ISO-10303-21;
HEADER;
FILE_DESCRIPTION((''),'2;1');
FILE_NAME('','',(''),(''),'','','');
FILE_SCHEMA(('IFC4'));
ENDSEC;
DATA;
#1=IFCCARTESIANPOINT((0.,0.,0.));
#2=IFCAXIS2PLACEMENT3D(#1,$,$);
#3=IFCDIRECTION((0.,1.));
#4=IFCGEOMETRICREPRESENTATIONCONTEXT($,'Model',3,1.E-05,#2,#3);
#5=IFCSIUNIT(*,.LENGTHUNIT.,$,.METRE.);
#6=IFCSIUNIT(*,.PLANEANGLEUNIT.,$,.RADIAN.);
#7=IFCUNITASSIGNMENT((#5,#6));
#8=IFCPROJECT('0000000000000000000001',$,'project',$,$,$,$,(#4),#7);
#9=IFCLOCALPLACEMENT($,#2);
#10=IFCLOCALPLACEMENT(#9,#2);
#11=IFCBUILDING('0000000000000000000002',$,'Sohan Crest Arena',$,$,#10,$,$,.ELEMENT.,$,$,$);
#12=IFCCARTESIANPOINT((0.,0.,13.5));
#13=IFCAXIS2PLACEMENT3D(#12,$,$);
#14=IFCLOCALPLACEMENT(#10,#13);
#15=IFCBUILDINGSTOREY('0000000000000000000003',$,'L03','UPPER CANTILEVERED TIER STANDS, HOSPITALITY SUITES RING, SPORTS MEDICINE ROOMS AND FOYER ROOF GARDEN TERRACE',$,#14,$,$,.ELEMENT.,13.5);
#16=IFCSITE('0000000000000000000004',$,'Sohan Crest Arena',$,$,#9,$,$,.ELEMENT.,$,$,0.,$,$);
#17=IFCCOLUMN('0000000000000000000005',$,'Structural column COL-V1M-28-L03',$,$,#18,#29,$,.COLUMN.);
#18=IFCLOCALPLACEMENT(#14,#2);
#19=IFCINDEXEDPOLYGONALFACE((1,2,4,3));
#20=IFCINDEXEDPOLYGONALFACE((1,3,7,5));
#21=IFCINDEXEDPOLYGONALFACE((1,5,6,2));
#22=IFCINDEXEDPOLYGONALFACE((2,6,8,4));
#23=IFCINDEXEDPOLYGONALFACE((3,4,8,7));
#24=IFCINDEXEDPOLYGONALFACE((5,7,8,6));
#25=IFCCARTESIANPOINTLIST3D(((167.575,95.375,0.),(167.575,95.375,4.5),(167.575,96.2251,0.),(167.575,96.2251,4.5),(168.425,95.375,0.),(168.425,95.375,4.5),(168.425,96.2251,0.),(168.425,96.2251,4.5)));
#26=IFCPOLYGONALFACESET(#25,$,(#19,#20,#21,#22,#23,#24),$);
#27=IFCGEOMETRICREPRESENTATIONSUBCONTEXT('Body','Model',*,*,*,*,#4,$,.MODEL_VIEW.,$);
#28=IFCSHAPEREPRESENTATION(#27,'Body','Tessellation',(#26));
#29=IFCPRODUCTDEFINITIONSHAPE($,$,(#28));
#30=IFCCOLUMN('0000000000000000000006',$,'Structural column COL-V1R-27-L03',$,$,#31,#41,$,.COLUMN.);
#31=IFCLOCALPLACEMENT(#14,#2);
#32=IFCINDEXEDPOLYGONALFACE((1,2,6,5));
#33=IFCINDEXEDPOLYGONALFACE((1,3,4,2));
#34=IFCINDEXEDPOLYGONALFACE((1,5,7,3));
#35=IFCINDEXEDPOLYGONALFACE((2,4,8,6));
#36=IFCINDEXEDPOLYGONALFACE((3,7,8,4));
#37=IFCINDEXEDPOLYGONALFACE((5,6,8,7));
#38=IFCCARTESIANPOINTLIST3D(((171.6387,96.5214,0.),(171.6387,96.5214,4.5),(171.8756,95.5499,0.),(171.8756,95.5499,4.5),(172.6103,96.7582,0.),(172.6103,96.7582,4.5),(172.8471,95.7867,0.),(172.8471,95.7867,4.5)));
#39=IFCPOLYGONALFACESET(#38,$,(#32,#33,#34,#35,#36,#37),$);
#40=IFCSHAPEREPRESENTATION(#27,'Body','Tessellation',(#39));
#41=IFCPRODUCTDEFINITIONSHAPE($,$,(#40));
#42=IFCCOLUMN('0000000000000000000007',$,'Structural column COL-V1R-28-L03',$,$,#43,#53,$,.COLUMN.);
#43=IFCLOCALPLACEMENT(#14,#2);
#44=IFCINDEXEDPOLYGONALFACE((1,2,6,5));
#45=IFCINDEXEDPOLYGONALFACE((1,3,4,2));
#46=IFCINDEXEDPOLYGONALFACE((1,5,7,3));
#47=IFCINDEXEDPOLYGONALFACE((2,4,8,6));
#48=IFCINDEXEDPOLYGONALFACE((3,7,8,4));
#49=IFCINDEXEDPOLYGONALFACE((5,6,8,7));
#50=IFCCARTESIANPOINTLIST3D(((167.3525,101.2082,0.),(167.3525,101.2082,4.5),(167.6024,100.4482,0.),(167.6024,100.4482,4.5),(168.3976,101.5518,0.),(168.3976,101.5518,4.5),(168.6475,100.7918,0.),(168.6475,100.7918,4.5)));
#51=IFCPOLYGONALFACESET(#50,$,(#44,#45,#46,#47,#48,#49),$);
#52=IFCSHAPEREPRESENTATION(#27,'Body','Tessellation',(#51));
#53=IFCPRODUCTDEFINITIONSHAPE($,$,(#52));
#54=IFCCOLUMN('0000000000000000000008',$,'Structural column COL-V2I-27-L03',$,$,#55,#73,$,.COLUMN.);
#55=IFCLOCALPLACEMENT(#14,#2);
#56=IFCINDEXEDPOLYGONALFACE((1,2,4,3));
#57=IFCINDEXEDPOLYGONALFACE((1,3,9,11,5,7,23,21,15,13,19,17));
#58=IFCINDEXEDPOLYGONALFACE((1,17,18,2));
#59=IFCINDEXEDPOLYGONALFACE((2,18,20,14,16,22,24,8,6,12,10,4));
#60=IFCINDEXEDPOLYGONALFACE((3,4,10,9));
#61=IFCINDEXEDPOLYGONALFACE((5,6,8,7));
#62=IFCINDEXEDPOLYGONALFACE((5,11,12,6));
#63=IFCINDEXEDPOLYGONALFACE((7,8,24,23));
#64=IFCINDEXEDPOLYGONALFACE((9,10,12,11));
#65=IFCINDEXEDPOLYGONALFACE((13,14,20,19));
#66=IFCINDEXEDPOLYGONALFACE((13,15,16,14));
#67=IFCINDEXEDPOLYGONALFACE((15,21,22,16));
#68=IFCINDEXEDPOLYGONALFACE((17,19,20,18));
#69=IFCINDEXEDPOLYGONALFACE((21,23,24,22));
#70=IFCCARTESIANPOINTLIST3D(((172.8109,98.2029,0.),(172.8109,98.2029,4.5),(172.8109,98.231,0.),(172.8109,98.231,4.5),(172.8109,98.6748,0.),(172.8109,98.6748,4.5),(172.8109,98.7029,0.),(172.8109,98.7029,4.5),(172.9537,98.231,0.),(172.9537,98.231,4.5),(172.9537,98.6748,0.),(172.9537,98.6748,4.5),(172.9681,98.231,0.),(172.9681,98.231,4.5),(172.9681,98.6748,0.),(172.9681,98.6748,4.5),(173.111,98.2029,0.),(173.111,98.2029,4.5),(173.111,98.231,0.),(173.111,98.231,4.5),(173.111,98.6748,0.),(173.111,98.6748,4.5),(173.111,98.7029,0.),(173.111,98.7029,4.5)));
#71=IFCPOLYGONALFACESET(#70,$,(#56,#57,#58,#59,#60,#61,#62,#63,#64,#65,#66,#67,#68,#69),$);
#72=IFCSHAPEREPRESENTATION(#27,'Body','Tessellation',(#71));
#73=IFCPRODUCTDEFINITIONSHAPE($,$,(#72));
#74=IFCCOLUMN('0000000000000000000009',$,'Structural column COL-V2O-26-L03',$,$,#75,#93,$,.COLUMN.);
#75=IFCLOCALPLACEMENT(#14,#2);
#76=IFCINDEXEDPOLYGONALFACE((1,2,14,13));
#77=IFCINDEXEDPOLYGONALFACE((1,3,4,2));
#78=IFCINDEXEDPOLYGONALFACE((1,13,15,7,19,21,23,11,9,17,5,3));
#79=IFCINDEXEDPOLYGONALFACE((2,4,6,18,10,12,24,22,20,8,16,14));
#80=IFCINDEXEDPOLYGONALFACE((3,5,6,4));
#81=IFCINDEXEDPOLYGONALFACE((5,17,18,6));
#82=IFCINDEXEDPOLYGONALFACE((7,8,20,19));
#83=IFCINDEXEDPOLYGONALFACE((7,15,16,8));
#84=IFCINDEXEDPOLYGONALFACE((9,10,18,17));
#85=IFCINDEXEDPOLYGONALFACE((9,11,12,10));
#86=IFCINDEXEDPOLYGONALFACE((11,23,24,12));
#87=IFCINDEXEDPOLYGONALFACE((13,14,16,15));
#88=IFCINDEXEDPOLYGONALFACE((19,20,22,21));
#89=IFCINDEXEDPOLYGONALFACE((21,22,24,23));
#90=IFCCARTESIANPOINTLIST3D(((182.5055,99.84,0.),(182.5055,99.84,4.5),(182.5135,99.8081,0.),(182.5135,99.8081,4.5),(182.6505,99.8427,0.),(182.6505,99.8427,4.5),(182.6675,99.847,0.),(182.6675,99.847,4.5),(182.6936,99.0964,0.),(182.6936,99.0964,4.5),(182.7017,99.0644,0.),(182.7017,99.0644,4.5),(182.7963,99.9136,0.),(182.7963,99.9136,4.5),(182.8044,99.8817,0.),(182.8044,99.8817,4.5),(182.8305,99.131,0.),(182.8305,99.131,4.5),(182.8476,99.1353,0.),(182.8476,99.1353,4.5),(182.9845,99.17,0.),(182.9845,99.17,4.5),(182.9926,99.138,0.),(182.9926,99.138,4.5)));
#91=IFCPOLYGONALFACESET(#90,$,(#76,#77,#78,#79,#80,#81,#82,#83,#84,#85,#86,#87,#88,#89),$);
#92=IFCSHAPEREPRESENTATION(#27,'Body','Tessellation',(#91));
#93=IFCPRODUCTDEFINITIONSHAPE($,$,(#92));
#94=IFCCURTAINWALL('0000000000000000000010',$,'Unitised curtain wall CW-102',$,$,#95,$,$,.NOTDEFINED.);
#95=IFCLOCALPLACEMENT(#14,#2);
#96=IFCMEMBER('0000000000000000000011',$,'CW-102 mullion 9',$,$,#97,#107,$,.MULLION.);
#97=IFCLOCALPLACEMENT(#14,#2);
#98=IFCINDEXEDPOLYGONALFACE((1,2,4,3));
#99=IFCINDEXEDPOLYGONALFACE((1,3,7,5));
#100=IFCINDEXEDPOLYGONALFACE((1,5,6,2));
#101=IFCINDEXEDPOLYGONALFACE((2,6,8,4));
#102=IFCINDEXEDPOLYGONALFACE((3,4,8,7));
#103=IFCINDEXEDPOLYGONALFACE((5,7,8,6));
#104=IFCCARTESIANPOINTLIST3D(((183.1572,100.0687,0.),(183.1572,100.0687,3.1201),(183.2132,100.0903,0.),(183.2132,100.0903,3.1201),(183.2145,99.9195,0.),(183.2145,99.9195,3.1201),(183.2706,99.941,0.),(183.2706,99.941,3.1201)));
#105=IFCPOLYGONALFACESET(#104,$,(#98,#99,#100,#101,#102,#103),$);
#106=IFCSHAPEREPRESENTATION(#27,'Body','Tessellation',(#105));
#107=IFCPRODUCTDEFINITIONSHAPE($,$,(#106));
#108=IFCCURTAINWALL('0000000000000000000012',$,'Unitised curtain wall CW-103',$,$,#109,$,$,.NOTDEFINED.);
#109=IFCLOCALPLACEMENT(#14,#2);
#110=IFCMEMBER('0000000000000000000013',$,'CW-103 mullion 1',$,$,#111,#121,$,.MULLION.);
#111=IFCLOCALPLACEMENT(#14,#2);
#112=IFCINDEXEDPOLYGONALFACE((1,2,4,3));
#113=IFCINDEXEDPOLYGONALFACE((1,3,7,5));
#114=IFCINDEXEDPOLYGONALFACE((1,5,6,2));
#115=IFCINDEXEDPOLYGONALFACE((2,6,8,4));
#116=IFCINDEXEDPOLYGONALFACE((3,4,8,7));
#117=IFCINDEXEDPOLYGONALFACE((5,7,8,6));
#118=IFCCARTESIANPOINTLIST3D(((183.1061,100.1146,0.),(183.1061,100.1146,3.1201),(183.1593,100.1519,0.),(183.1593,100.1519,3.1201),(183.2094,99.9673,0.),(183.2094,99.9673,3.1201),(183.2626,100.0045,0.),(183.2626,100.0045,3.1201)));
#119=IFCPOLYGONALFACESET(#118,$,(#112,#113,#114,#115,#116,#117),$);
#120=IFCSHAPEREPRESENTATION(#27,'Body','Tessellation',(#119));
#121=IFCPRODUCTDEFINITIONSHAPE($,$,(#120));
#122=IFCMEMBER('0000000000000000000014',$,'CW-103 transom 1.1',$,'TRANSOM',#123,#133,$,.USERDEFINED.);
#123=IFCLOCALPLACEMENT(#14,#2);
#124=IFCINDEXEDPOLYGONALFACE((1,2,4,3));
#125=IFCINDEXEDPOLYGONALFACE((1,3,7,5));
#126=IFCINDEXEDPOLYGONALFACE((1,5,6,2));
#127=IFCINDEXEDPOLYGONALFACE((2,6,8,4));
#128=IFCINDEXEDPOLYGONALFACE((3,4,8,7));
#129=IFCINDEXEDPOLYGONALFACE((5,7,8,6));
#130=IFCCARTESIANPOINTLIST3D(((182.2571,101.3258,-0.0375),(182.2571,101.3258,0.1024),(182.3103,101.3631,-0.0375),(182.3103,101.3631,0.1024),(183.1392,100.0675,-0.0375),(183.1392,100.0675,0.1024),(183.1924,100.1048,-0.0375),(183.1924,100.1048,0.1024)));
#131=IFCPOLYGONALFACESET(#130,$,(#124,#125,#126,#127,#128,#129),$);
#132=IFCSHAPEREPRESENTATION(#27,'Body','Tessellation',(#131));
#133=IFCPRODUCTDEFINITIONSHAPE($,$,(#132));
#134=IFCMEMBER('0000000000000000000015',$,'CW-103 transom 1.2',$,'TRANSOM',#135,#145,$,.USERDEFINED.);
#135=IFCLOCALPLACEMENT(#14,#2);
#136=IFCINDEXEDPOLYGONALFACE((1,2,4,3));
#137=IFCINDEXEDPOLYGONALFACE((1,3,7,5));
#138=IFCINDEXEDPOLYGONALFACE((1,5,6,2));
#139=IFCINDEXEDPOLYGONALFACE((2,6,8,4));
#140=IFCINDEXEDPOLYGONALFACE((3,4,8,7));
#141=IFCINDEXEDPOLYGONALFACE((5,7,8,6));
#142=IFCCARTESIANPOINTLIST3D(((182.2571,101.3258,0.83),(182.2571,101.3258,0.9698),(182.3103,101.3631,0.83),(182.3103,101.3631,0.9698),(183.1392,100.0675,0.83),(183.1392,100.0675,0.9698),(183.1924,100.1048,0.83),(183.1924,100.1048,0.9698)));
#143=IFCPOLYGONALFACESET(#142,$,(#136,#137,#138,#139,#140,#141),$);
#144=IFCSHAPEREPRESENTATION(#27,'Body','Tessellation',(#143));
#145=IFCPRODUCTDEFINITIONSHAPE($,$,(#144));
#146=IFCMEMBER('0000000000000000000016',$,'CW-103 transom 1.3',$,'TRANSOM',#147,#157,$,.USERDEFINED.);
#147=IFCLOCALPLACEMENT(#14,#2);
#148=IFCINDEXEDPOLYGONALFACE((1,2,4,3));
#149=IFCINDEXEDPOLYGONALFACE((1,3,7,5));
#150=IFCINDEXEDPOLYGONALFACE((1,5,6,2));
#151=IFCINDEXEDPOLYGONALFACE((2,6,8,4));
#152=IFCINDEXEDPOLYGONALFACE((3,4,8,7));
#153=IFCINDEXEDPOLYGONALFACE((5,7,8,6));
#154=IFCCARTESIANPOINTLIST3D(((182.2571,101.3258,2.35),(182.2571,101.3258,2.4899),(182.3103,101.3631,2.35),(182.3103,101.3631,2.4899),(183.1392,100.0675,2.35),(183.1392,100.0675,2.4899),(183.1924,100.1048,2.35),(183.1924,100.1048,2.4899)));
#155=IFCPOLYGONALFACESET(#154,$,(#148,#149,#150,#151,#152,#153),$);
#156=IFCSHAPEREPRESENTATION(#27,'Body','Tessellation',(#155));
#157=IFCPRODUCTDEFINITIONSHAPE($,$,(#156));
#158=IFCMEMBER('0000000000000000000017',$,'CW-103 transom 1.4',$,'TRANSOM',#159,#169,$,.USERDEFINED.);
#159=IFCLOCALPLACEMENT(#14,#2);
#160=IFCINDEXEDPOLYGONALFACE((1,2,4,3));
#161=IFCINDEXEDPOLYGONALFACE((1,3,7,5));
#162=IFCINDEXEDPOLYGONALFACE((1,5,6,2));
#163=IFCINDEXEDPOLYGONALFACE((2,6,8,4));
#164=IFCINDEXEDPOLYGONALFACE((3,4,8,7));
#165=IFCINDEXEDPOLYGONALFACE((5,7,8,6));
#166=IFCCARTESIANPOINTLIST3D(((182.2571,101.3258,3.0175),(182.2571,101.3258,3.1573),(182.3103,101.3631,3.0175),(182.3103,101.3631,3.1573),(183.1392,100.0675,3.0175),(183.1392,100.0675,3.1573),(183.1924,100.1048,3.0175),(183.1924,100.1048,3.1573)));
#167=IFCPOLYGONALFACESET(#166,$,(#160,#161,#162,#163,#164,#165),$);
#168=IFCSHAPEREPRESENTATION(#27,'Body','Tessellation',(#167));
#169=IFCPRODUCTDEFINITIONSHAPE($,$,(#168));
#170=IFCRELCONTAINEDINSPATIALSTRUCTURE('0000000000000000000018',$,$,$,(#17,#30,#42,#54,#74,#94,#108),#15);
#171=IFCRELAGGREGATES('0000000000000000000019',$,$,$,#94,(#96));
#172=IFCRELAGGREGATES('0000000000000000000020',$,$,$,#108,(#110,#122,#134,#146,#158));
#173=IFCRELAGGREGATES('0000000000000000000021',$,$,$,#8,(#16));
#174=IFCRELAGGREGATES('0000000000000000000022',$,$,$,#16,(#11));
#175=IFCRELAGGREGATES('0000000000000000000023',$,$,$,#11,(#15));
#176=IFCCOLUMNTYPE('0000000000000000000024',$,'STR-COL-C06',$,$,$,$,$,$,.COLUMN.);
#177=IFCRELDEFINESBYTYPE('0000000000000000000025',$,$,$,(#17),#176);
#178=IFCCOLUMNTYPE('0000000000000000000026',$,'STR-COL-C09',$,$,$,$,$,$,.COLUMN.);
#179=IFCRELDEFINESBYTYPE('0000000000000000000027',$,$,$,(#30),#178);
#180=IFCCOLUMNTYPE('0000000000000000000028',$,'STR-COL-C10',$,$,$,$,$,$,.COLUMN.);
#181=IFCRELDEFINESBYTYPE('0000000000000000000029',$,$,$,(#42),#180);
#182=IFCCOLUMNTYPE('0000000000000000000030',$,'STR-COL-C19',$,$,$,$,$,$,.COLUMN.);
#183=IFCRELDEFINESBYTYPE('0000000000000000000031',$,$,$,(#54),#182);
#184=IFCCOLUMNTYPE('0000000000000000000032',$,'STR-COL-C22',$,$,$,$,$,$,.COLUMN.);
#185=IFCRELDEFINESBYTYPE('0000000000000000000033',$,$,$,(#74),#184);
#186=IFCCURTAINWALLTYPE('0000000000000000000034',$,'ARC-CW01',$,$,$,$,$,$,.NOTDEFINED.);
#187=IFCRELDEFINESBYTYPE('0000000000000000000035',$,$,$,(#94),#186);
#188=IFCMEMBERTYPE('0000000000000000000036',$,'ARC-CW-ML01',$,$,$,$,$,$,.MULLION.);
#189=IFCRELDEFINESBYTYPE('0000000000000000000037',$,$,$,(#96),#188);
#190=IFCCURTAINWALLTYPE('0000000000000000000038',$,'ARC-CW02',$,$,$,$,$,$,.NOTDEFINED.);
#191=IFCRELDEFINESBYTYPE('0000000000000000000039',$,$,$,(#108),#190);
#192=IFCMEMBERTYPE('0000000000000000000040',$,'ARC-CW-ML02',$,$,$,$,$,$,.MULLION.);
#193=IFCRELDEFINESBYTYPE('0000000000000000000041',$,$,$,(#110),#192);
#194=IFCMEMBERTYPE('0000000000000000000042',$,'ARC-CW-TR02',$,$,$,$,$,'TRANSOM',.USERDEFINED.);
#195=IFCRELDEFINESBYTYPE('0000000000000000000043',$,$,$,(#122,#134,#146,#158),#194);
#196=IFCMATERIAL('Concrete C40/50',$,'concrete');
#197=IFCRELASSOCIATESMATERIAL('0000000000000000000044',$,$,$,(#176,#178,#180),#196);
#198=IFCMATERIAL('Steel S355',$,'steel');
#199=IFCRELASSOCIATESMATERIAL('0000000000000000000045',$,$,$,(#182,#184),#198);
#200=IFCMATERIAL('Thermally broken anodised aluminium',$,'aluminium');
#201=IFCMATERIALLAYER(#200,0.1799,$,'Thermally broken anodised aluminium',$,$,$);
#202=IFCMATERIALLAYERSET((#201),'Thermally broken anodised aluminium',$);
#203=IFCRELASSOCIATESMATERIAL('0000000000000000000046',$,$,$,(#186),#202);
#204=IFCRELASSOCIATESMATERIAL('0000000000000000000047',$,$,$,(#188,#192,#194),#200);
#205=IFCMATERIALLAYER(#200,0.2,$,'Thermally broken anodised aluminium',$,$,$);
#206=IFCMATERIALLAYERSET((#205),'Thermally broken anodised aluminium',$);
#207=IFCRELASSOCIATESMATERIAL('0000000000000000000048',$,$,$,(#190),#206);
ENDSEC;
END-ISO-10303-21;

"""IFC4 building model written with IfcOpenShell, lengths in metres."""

from ifc_helpers import new_model, si_unit, direction, frame, origin, origin_2d, place, context, subcontext, project, spatial, rectangle, i_section, extrude, material, layer, layer_set, material_profile, profile_set, type_object, element, aggregate, save


model = new_model("IFC4")

# Units and contexts
model_context = context("Model", 3, precision=1e-05, world=origin(), true_north=direction((0.0, 1.0)))
body_context = subcontext(model_context, "Body", "Model", "MODEL_VIEW")
ifc_project = project(units=[si_unit("LENGTHUNIT", "METRE"), si_unit("PLANEANGLEUNIT", "RADIAN")], contexts=[model_context])

# Site, building, storey
site_placement = place(None, origin())
site = spatial("IfcSite", under=ifc_project, at=site_placement, Name="Sohan Crest Arena", CompositionType="ELEMENT", RefElevation=0.0)
building_placement = place(site_placement, origin())
building = spatial("IfcBuilding", under=site, at=building_placement, Name="Sohan Crest Arena", CompositionType="ELEMENT")
storey_placement = place(building_placement, frame((0.0, 0.0, 13.5)))
storey = spatial("IfcBuildingStorey", under=building, at=storey_placement, Name="L03", Description="UPPER CANTILEVERED TIER STANDS, HOSPITALITY SUITES RING, SPORTS MEDICINE ROOMS AND FOYER ROOF GARDEN TERRACE", CompositionType="ELEMENT", Elevation=13.5)

# Columns
ifc_material_1 = material(Name="Concrete C40/50", Category="concrete")
ifc_material_profile_1 = material_profile(ifc_material_1, rectangle(XDim=0.8501, YDim=0.8501, at=origin_2d()), Name="RC 850x850")
ifc_profile_set_1 = profile_set([ifc_material_profile_1], Name="Concrete C40/50")
column_type_1 = type_object("IfcColumnType", Name="STR-COL-C06", PredefinedType="COLUMN", material=ifc_profile_set_1)
column_1_placement = place(storey_placement, frame((168.0, 95.8, 0.0), z_axis=(0.0, 0.0, 1.0), x_axis=(1.0, 0.0, 0.0)))
element("IfcColumn", 1, at=column_1_placement, inside=storey, type_object=column_type_1, Name="Structural column COL-V1M-28-L03", PredefinedType="COLUMN", context=body_context, shape_type="SweptSolid", body=[
    extrude(rectangle(XDim=0.8501, YDim=0.8501, at=origin_2d()), origin(), (0.0, 0.0, 1.0), 4.5),
])
ifc_material_profile_2 = material_profile(ifc_material_1, rectangle(XDim=1.0, YDim=1.0, at=origin_2d()), Name="RC 1000x1000")
ifc_profile_set_2 = profile_set([ifc_material_profile_2], Name="Concrete C40/50")
column_type_2 = type_object("IfcColumnType", Name="STR-COL-C09", PredefinedType="COLUMN", material=ifc_profile_set_2)
column_2_placement = place(storey_placement, frame((172.2429, 96.1541, 0.0), z_axis=(0.0, 0.0, 1.0), x_axis=(0.971549, 0.236838, 0.0)))
element("IfcColumn", 2, at=column_2_placement, inside=storey, type_object=column_type_2, Name="Structural column COL-V1R-27-L03", PredefinedType="COLUMN", context=body_context, shape_type="SweptSolid", body=[
    extrude(rectangle(XDim=1.0, YDim=1.0, at=origin_2d()), origin(), (0.0, 0.0, 1.0), 4.5),
])
ifc_material_profile_3 = material_profile(ifc_material_1, rectangle(XDim=1.1001, YDim=0.8, at=origin_2d()), Name="RC 1100x800")
ifc_profile_set_3 = profile_set([ifc_material_profile_3], Name="Concrete C40/50")
column_type_3 = type_object("IfcColumnType", Name="STR-COL-C10", PredefinedType="COLUMN", material=ifc_profile_set_3)
column_3_placement = place(storey_placement, frame((168.0, 101.0, 0.0), z_axis=(0.0, 0.0, 1.0), x_axis=(0.949972, 0.312335, 0.0)))
element("IfcColumn", 3, at=column_3_placement, inside=storey, type_object=column_type_3, Name="Structural column COL-V1R-28-L03", PredefinedType="COLUMN", context=body_context, shape_type="SweptSolid", body=[
    extrude(rectangle(XDim=1.1001, YDim=0.8, at=origin_2d()), origin(), (0.0, 0.0, 1.0), 4.5),
])
ifc_material_2 = material(Name="Steel S355", Category="steel")
ifc_material_profile_4 = material_profile(ifc_material_2, i_section(OverallWidth=0.3, OverallDepth=0.5, WebThickness=0.0144, FlangeThickness=0.0281, at=origin_2d()), Name="HEB 500")
ifc_profile_set_4 = profile_set([ifc_material_profile_4], Name="Steel S355")
column_type_4 = type_object("IfcColumnType", Name="STR-COL-C19", PredefinedType="COLUMN", material=ifc_profile_set_4)
column_4_placement = place(storey_placement, frame((172.9609, 98.4529, 0.0), z_axis=(0.0, 0.0, 1.0), x_axis=(1.0, 0.0, 0.0)))
element("IfcColumn", 4, at=column_4_placement, inside=storey, type_object=column_type_4, Name="Structural column COL-V2I-27-L03", PredefinedType="COLUMN", context=body_context, shape_type="SweptSolid", body=[
    extrude(i_section(OverallWidth=0.3, OverallDepth=0.5, WebThickness=0.0144, FlangeThickness=0.0281, at=origin_2d()), origin(), (0.0, 0.0, 1.0), 4.5),
])
ifc_material_profile_5 = material_profile(ifc_material_2, i_section(OverallWidth=0.3, OverallDepth=0.8, WebThickness=0.0176, FlangeThickness=0.033, at=origin_2d()), Name="HEB 800")
ifc_profile_set_5 = profile_set([ifc_material_profile_5], Name="Steel S355")
column_type_5 = type_object("IfcColumnType", Name="STR-COL-C22", PredefinedType="COLUMN", material=ifc_profile_set_5)
column_5_placement = place(storey_placement, frame((182.749, 99.489, 0.0), z_axis=(0.0, 0.0, 1.0), x_axis=(0.969445, 0.245307, 0.0)))
element("IfcColumn", 5, at=column_5_placement, inside=storey, type_object=column_type_5, Name="Structural column COL-V2O-26-L03", PredefinedType="COLUMN", context=body_context, shape_type="SweptSolid", body=[
    extrude(i_section(OverallWidth=0.3, OverallDepth=0.8, WebThickness=0.0176, FlangeThickness=0.033, at=origin_2d()), origin(), (0.0, 0.0, 1.0), 4.5),
])

# Curtain wall, member
ifc_material_3 = material(Name="Thermally broken anodised aluminium", Category="aluminium")
ifc_layer_1 = layer(ifc_material_3, 0.1799, Name="Thermally broken anodised aluminium")
ifc_layer_set_1 = layer_set([ifc_layer_1], Name="Thermally broken anodised aluminium")
curtain_wall_type_1 = type_object("IfcCurtainWallType", Name="ARC-CW01", PredefinedType="NOTDEFINED", material=ifc_layer_set_1)
curtain_wall_1_placement = place(storey_placement, origin())
curtain_wall_1 = element("IfcCurtainWall", 6, at=curtain_wall_1_placement, inside=storey, type_object=curtain_wall_type_1, Name="Unitised curtain wall CW-102", PredefinedType="NOTDEFINED")
ifc_material_profile_6 = material_profile(ifc_material_3, rectangle(XDim=0.0601, YDim=0.1599, at=origin_2d()), Name="ALU-MULL 60x160")
ifc_profile_set_6 = profile_set([ifc_material_profile_6], Name="Thermally broken anodised aluminium")
member_type_1 = type_object("IfcMemberType", Name="ARC-CW-ML01", PredefinedType="MULLION", material=ifc_profile_set_6)
member_1_placement = place(storey_placement, frame((183.2139, 100.0049, 0.0), z_axis=(0.0, 0.0, 1.0), x_axis=(-0.933472, -0.358651, 0.0)))
member_1 = element("IfcMember", 7, at=member_1_placement, type_object=member_type_1, Name="CW-102 mullion 9", PredefinedType="MULLION", context=body_context, shape_type="SweptSolid", body=[
    extrude(rectangle(XDim=0.0601, YDim=0.1599, at=origin_2d()), origin(), (0.0, 0.0, 1.0), 3.1201),
])

# Curtain wall, members
ifc_layer_2 = layer(ifc_material_3, 0.2, Name="Thermally broken anodised aluminium")
ifc_layer_set_2 = layer_set([ifc_layer_2], Name="Thermally broken anodised aluminium")
curtain_wall_type_2 = type_object("IfcCurtainWallType", Name="ARC-CW02", PredefinedType="NOTDEFINED", material=ifc_layer_set_2)
curtain_wall_2_placement = place(storey_placement, origin())
curtain_wall_2 = element("IfcCurtainWall", 8, at=curtain_wall_2_placement, inside=storey, type_object=curtain_wall_type_2, Name="Unitised curtain wall CW-103", PredefinedType="NOTDEFINED")
ifc_material_profile_7 = material_profile(ifc_material_3, rectangle(XDim=0.0649, YDim=0.1799, at=origin_2d()), Name="ALU-MULL 65x180")
ifc_profile_set_7 = profile_set([ifc_material_profile_7], Name="Thermally broken anodised aluminium")
member_type_2 = type_object("IfcMemberType", Name="ARC-CW-ML02", PredefinedType="MULLION", material=ifc_profile_set_7)
member_2_placement = place(storey_placement, frame((183.1843, 100.0596, 0.0), z_axis=(0.0, 0.0, 1.0), x_axis=(-0.818899, -0.573938, 0.0)))
member_2 = element("IfcMember", 9, at=member_2_placement, type_object=member_type_2, Name="CW-103 mullion 1", PredefinedType="MULLION", context=body_context, shape_type="SweptSolid", body=[
    extrude(rectangle(XDim=0.0649, YDim=0.1799, at=origin_2d()), origin(), (0.0, 0.0, 1.0), 3.1201),
])
ifc_material_profile_8 = material_profile(ifc_material_3, rectangle(XDim=0.0649, YDim=0.1399, at=origin_2d()), Name="ALU-TRAN 65x140")
ifc_profile_set_8 = profile_set([ifc_material_profile_8], Name="Thermally broken anodised aluminium")
member_type_3 = type_object("IfcMemberType", Name="ARC-CW-TR02", ElementType="TRANSOM", PredefinedType="USERDEFINED", material=ifc_profile_set_8)
member_3_placement = place(storey_placement, frame((183.1658, 100.0862, 0.0325), z_axis=(-0.574017, 0.818844, 0.0), x_axis=(-0.818844, -0.574017, 0.0)))
member_3 = element("IfcMember", 10, at=member_3_placement, type_object=member_type_3, Name="CW-103 transom 1.1", ObjectType="TRANSOM", PredefinedType="USERDEFINED", context=body_context, shape_type="SweptSolid", body=[
    extrude(rectangle(XDim=0.0649, YDim=0.1399, at=origin_2d()), origin(), (0.0, 0.0, 1.0), 1.5366),
])
member_4_placement = place(storey_placement, frame((183.1658, 100.0862, 0.8999), z_axis=(-0.574017, 0.818844, 0.0), x_axis=(-0.818844, -0.574017, 0.0)))
member_4 = element("IfcMember", 11, at=member_4_placement, type_object=member_type_3, Name="CW-103 transom 1.2", ObjectType="TRANSOM", PredefinedType="USERDEFINED", context=body_context, shape_type="SweptSolid", body=[
    extrude(rectangle(XDim=0.0649, YDim=0.1399, at=origin_2d()), origin(), (0.0, 0.0, 1.0), 1.5366),
])
member_5_placement = place(storey_placement, frame((183.1658, 100.0862, 2.4199), z_axis=(-0.574017, 0.818844, 0.0), x_axis=(-0.818844, -0.574017, 0.0)))
member_5 = element("IfcMember", 12, at=member_5_placement, type_object=member_type_3, Name="CW-103 transom 1.3", ObjectType="TRANSOM", PredefinedType="USERDEFINED", context=body_context, shape_type="SweptSolid", body=[
    extrude(rectangle(XDim=0.0649, YDim=0.1399, at=origin_2d()), origin(), (0.0, 0.0, 1.0), 1.5366),
])
member_6_placement = place(storey_placement, frame((183.1658, 100.0862, 3.0874), z_axis=(-0.574017, 0.818844, 0.0), x_axis=(-0.818844, -0.574017, 0.0)))
member_6 = element("IfcMember", 13, at=member_6_placement, type_object=member_type_3, Name="CW-103 transom 1.4", ObjectType="TRANSOM", PredefinedType="USERDEFINED", context=body_context, shape_type="SweptSolid", body=[
    extrude(rectangle(XDim=0.0649, YDim=0.1399, at=origin_2d()), origin(), (0.0, 0.0, 1.0), 1.5366),
])

aggregate(curtain_wall_1, [member_1])
aggregate(curtain_wall_2, [member_2, member_3, member_4, member_5, member_6])

save(model, "model.ifc")
